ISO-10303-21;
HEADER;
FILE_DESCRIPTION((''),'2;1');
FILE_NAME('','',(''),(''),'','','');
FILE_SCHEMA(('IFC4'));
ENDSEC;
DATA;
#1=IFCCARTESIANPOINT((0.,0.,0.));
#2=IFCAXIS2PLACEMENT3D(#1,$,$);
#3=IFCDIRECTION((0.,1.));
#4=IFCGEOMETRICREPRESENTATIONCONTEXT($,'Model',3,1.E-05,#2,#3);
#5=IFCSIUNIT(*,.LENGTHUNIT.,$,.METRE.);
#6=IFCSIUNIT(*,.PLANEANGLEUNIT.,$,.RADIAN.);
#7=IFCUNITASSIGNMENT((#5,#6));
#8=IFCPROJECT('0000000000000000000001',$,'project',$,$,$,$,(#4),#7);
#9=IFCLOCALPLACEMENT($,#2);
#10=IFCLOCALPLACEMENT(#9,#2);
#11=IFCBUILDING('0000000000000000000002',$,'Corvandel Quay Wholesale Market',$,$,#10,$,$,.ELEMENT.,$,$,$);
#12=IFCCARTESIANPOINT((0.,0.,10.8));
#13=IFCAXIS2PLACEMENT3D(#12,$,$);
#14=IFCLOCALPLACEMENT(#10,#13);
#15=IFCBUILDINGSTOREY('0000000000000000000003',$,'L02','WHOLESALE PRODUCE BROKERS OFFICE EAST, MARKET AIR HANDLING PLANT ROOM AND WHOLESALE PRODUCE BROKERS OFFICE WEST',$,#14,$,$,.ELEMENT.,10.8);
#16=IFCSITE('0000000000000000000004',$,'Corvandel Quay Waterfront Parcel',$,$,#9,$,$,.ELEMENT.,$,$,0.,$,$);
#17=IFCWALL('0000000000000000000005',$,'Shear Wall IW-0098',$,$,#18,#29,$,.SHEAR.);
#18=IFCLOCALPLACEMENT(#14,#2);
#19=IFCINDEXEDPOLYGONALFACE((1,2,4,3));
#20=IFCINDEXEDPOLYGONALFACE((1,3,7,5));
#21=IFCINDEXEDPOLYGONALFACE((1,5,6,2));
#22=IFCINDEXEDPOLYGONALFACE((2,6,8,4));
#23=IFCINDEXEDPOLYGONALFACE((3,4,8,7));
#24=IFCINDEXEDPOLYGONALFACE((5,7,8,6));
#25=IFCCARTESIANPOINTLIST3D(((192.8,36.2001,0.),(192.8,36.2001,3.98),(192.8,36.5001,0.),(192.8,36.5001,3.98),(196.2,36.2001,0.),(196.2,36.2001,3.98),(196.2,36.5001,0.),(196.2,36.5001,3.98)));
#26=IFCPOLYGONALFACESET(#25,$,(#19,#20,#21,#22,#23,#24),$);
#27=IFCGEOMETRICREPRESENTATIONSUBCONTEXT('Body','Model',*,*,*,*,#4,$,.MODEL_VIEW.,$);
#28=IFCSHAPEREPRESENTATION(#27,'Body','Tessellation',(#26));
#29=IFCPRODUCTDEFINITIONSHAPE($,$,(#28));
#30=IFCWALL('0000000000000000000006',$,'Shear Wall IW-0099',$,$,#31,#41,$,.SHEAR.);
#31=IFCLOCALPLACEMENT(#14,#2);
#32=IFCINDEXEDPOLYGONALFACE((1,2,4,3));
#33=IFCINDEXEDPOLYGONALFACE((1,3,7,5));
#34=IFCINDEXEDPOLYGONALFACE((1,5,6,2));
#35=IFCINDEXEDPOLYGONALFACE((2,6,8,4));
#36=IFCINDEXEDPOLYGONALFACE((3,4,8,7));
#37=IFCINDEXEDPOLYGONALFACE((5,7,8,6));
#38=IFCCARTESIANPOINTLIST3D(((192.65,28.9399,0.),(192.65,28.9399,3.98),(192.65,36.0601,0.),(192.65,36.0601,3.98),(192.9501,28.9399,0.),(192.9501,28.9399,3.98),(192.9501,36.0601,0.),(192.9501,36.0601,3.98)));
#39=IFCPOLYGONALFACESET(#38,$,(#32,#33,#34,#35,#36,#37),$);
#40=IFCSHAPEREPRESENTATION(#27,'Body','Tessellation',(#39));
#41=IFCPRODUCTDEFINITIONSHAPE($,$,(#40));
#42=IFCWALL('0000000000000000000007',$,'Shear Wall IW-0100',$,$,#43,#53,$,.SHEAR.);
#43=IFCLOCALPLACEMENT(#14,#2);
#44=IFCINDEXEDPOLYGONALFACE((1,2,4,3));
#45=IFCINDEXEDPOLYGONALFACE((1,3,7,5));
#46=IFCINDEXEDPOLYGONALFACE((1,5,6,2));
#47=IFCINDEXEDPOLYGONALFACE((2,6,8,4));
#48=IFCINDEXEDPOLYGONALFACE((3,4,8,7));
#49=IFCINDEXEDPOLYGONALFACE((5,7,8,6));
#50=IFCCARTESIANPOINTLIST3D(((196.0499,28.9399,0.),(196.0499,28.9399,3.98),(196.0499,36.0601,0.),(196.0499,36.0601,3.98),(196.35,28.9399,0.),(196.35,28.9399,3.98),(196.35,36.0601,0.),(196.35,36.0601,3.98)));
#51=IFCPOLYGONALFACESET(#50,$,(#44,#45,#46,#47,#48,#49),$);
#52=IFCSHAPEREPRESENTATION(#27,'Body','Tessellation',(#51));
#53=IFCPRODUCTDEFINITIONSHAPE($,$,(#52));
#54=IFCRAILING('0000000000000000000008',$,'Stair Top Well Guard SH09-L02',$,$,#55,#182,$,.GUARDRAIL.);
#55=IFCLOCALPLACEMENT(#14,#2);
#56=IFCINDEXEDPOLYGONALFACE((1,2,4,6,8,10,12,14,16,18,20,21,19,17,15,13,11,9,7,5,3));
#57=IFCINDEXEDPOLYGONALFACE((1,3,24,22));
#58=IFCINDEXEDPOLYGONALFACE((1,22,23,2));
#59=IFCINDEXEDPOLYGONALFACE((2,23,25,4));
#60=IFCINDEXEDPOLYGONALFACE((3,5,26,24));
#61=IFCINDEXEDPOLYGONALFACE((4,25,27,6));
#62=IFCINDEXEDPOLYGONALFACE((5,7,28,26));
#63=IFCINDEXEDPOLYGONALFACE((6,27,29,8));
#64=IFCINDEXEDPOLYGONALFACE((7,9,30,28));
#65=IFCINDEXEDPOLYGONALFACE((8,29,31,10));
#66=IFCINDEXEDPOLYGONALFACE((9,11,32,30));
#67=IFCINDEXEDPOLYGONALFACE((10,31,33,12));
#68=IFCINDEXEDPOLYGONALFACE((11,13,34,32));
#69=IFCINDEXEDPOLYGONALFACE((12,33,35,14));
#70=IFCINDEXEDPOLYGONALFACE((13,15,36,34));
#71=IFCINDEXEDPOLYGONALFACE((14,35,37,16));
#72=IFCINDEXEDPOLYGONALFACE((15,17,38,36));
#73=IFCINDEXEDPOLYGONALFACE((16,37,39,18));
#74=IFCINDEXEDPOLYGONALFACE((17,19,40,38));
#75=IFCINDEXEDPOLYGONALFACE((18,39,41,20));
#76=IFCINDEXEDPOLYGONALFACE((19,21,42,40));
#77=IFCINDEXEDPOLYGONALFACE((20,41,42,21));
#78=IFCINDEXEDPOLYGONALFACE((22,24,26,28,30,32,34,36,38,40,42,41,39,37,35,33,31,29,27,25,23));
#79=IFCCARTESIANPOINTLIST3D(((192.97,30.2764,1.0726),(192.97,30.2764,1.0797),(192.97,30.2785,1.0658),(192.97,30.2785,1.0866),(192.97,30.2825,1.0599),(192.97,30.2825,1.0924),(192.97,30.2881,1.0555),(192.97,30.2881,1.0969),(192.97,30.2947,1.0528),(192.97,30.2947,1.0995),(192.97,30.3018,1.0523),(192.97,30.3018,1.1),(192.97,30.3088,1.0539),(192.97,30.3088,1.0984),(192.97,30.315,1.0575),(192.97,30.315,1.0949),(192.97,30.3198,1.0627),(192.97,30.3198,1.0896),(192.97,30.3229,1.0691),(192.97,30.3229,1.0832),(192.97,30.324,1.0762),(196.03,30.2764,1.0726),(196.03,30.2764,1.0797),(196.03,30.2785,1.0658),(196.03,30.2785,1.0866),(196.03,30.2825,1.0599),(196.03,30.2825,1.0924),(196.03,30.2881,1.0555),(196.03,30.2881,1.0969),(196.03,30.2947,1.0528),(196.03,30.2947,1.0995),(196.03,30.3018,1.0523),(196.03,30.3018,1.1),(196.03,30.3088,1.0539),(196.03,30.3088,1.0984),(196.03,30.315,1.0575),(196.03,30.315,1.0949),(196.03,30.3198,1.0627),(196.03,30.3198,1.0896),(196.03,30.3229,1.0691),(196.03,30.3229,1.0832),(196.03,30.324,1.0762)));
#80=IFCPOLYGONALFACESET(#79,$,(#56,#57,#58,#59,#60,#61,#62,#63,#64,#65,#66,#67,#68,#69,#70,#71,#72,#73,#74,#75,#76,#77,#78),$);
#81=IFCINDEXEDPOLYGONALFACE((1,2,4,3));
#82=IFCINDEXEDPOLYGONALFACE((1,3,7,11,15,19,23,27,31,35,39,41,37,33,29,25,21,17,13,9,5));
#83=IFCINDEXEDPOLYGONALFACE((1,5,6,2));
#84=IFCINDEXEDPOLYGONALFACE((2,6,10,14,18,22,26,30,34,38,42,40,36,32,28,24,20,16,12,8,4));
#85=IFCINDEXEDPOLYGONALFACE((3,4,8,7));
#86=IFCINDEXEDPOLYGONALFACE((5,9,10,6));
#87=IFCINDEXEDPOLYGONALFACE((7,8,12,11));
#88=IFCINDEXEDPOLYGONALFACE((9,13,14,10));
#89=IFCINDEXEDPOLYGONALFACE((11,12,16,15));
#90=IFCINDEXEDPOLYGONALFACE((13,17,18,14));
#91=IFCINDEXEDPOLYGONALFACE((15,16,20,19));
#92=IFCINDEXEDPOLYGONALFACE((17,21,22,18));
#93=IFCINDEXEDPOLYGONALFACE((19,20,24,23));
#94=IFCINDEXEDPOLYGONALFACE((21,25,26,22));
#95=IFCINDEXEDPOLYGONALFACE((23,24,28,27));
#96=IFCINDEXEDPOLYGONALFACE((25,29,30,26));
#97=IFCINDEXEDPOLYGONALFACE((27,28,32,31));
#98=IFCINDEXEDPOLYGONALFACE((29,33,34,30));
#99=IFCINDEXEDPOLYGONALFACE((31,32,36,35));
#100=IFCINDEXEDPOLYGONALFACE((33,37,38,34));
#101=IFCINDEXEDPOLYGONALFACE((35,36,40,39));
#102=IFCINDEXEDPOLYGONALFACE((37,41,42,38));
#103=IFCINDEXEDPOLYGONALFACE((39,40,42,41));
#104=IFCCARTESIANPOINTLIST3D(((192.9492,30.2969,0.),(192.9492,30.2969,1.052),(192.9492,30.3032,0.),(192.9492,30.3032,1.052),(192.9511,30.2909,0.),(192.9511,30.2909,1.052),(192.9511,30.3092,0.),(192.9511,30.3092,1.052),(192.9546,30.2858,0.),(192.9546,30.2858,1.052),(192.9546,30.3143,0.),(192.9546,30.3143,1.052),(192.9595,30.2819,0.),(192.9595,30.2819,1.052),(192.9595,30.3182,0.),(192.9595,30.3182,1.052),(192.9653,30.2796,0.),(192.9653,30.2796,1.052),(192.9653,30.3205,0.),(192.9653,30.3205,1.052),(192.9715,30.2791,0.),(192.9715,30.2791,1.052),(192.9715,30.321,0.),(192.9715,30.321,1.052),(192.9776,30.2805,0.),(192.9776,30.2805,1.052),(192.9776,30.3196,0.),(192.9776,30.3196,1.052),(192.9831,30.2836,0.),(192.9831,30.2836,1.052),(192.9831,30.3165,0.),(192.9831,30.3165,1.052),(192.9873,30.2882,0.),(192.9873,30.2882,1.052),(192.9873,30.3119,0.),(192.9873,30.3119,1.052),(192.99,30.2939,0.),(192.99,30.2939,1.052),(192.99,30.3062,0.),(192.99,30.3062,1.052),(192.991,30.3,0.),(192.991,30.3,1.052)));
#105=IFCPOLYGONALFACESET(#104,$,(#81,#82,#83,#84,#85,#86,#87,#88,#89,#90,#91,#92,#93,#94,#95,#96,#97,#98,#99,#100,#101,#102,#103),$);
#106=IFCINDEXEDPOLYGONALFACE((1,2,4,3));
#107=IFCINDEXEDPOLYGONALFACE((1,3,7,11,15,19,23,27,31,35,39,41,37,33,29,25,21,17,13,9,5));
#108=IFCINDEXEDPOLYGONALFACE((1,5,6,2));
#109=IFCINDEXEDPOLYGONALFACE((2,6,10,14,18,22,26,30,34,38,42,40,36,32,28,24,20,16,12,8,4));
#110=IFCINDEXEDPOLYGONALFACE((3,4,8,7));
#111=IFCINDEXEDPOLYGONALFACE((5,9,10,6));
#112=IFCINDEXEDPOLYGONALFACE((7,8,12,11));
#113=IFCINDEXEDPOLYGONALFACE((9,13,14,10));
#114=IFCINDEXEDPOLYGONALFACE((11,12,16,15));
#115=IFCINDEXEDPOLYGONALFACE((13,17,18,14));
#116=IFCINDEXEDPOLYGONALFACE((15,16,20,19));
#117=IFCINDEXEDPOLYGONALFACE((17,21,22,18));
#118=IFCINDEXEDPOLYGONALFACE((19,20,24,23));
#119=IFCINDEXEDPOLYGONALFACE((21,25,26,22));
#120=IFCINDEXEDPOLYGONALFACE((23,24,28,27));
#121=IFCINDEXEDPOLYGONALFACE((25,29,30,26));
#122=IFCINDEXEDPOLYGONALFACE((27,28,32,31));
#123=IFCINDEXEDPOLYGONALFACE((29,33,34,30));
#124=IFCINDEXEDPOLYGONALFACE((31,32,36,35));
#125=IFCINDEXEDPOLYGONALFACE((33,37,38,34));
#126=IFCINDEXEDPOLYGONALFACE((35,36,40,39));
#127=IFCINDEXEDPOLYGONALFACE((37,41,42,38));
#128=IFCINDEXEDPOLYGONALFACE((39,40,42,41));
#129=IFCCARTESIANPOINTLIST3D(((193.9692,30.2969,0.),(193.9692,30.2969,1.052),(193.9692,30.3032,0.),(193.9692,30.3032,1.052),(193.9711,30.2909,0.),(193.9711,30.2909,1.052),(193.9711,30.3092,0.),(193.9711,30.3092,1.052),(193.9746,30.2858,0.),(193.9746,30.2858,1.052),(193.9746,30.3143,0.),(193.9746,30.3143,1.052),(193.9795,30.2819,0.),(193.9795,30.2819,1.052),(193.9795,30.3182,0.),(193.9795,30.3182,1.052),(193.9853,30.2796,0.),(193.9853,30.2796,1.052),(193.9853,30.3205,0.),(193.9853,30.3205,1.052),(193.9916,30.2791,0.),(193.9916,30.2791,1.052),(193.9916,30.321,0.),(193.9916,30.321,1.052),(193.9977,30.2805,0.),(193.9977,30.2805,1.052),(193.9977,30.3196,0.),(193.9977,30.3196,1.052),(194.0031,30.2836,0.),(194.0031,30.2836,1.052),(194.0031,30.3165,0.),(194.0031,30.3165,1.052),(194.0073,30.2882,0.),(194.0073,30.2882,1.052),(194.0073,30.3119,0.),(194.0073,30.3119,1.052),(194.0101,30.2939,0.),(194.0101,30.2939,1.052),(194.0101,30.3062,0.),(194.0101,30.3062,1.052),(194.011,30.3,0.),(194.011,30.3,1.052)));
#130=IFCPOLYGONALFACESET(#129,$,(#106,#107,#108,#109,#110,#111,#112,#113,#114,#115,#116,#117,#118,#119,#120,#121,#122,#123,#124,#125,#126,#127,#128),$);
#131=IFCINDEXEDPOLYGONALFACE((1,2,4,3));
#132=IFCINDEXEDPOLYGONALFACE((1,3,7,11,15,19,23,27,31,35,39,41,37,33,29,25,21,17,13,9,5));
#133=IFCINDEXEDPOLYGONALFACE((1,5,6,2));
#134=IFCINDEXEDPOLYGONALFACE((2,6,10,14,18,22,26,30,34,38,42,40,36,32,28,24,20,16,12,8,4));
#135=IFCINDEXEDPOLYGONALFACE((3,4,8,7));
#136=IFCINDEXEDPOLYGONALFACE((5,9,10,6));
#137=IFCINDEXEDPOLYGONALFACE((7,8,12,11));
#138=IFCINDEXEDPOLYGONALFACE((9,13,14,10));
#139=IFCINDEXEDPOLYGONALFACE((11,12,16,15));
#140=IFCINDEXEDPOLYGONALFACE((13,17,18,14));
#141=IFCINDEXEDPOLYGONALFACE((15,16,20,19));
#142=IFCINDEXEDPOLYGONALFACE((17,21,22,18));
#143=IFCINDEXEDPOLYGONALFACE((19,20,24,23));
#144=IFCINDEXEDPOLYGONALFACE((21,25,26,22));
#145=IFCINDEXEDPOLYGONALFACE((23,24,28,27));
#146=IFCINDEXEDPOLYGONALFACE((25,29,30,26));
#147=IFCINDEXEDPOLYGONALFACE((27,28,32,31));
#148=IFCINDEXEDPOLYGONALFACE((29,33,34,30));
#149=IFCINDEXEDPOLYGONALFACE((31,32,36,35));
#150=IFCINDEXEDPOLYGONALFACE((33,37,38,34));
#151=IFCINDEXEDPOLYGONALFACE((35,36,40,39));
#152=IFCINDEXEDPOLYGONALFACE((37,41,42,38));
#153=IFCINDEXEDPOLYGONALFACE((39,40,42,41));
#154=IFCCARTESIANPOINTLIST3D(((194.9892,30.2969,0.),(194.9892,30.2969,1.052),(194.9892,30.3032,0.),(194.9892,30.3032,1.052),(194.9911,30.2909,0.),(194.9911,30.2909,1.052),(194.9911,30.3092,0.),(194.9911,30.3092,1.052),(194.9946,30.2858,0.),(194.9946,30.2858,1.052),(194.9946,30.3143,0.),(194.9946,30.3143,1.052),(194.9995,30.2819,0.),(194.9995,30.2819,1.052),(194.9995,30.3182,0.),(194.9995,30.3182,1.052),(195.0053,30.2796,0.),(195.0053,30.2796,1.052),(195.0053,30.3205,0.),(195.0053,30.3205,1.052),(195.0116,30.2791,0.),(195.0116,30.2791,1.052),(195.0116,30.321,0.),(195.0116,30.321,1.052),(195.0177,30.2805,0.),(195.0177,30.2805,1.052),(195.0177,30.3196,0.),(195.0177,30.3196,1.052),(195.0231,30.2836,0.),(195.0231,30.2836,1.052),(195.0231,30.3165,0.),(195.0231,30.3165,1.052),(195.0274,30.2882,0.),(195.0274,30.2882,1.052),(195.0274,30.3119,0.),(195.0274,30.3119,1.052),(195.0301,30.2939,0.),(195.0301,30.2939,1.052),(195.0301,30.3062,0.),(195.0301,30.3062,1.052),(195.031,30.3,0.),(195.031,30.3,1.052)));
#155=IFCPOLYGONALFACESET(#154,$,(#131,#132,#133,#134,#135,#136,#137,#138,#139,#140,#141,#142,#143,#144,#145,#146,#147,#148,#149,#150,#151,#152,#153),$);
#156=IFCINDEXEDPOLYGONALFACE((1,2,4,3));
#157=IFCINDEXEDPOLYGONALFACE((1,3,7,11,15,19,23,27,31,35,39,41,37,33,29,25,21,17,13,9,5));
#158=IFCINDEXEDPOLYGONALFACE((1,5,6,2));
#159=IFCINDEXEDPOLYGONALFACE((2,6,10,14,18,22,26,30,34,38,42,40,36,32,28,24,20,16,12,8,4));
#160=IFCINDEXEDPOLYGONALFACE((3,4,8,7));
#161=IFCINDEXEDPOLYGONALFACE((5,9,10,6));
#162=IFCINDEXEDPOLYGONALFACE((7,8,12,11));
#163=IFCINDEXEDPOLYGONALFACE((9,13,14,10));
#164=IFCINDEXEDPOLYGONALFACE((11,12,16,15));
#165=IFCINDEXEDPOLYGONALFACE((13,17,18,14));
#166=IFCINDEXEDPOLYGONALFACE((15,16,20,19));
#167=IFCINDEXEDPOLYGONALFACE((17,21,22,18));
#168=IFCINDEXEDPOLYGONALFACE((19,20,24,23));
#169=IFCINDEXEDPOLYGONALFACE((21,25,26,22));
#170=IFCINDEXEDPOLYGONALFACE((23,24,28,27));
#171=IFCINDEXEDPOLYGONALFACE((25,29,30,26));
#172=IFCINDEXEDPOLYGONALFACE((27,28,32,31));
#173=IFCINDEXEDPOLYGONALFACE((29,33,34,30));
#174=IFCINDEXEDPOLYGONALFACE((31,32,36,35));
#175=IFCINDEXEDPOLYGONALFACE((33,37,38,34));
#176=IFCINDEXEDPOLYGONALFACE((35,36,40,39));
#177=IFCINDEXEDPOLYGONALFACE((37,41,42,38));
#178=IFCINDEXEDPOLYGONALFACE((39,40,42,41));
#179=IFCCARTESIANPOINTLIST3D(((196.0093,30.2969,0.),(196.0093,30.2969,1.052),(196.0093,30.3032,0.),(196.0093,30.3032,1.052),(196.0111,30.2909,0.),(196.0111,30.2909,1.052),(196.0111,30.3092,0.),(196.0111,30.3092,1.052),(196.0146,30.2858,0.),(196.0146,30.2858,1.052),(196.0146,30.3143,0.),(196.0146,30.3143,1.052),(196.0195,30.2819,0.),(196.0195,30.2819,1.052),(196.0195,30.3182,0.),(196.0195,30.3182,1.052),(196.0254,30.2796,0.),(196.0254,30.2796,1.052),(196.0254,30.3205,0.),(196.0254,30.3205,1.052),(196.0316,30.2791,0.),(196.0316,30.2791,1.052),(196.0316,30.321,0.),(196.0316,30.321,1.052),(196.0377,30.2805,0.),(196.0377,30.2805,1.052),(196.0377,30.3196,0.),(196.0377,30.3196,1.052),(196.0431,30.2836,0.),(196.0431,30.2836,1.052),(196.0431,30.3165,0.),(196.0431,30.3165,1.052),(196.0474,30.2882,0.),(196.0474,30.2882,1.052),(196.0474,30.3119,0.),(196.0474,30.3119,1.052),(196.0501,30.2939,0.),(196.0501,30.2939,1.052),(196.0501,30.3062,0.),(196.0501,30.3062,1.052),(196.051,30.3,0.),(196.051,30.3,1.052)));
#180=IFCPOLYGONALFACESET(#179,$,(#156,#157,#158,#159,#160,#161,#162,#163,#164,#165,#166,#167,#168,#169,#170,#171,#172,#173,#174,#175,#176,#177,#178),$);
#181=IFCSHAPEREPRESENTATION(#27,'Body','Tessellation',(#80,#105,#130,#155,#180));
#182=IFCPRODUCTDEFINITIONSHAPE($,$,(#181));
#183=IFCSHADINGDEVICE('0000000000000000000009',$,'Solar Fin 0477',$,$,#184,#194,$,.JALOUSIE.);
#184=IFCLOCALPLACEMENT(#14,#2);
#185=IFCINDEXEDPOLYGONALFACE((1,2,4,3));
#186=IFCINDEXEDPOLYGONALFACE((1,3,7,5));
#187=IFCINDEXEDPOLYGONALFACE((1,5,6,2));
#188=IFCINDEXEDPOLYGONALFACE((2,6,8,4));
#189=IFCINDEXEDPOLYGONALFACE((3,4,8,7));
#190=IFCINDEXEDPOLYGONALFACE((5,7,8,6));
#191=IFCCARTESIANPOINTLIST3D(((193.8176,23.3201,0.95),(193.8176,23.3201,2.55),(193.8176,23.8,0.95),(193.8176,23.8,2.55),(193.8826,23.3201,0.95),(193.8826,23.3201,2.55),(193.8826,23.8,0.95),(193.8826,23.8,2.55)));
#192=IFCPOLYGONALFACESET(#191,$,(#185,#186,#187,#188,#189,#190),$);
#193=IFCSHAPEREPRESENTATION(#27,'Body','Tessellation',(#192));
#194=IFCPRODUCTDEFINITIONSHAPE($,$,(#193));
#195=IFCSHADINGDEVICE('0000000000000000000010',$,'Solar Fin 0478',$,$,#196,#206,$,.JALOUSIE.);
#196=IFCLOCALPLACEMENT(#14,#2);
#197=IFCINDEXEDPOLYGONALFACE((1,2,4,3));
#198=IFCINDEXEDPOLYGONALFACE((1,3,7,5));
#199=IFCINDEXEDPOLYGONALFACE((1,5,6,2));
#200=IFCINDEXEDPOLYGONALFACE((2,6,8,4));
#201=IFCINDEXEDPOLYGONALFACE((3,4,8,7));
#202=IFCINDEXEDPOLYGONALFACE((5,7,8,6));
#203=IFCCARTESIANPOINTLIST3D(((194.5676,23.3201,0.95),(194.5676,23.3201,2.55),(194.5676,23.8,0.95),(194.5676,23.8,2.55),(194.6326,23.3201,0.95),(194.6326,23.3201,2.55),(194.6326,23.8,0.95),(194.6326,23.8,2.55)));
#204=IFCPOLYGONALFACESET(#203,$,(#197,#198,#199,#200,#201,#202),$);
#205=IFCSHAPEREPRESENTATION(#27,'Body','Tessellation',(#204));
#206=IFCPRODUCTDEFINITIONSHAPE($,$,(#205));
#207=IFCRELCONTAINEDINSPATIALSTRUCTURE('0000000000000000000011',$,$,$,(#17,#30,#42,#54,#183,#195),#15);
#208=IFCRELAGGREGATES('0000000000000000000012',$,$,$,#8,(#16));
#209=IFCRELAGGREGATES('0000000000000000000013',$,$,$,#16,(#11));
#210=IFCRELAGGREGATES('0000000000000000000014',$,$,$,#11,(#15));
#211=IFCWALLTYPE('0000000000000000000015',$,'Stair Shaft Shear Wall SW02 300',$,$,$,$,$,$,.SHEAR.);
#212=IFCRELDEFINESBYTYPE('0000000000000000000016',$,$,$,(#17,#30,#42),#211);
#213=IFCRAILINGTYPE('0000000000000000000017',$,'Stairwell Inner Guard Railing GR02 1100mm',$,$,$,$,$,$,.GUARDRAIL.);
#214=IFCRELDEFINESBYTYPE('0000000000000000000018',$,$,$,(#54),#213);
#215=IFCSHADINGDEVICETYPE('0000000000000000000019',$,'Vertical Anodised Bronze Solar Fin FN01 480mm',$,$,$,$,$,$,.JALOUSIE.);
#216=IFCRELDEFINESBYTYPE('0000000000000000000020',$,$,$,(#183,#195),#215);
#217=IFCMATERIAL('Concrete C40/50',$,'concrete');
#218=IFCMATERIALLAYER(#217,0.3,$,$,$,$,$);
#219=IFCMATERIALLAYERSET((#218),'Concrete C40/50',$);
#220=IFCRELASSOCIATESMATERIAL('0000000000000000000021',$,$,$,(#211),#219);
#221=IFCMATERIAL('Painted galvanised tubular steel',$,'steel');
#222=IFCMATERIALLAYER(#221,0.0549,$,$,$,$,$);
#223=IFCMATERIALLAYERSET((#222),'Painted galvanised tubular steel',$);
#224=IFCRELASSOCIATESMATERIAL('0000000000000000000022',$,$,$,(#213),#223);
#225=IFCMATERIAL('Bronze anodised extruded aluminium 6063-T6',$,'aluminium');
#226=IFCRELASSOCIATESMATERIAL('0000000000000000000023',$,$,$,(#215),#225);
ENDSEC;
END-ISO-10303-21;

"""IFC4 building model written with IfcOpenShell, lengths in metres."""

from ifc_helpers import new_model, si_unit, direction, frame, frame_2d, origin, origin_2d, place, context, subcontext, project, spatial, rectangle, circle, extrude, material, layer, layer_set, type_object, element, save


model = new_model("IFC4")

# Units and contexts
model_context = context("Model", 3, precision=1e-05, world=origin(), true_north=direction((0.0, 1.0)))
body_context = subcontext(model_context, "Body", "Model", "MODEL_VIEW")
ifc_project = project(units=[si_unit("LENGTHUNIT", "METRE"), si_unit("PLANEANGLEUNIT", "RADIAN")], contexts=[model_context])

# Site, building, storey
site_placement = place(None, origin())
site = spatial("IfcSite", under=ifc_project, at=site_placement, Name="Corvandel Quay Waterfront Parcel", CompositionType="ELEMENT", RefElevation=0.0)
building_placement = place(site_placement, origin())
building = spatial("IfcBuilding", under=site, at=building_placement, Name="Corvandel Quay Wholesale Market", CompositionType="ELEMENT")
storey_placement = place(building_placement, frame((0.0, 0.0, 10.8)))
storey = spatial("IfcBuildingStorey", under=building, at=storey_placement, Name="L02", Description="WHOLESALE PRODUCE BROKERS OFFICE EAST, MARKET AIR HANDLING PLANT ROOM AND WHOLESALE PRODUCE BROKERS OFFICE WEST", CompositionType="ELEMENT", Elevation=10.8)

# Shared definitions
ifc_material_1 = material(Name="Concrete C40/50", Category="concrete")
ifc_layer_1 = layer(ifc_material_1, 0.3)
ifc_layer_set_1 = layer_set([ifc_layer_1], Name="Concrete C40/50")
wall_type_1 = type_object("IfcWallType", Name="Stair Shaft Shear Wall SW02 300", PredefinedType="SHEAR", material=ifc_layer_set_1)

# Walls
wall_1_placement = place(storey_placement, frame((192.8, 36.3501, 0.0), z_axis=(0.0, 0.0, 1.0), x_axis=(1.0, 0.0, 0.0)))
element("IfcWall", 1, at=wall_1_placement, inside=storey, type_object=wall_type_1, Name="Shear Wall IW-0098", PredefinedType="SHEAR", context=body_context, shape_type="SweptSolid", body=[
    extrude(rectangle(XDim=3.3999, YDim=0.3, at=frame_2d((1.7, 0.0))), origin(), (0.0, 0.0, 1.0), 3.98),
])
for number, where, z_axis, x_axis, name in (
    (2, (192.8, 28.9399, 0.0), (0.0, 0.0, 1.0), (0.0, 1.0, 0.0), "Shear Wall IW-0099"),
    (3, (196.2, 28.9399, 0.0), (0.0, 0.0, 1.0), (0.0, 1.0, 0.0), "Shear Wall IW-0100"),
):
    element("IfcWall", number, at=place(storey_placement, frame(where, z_axis=z_axis, x_axis=x_axis)), inside=storey, type_object=wall_type_1, Name=name, PredefinedType="SHEAR", context=body_context, shape_type="SweptSolid", body=[
        extrude(rectangle(XDim=7.1201, YDim=0.3, at=frame_2d((3.5601, 0.0))), origin(), (0.0, 0.0, 1.0), 3.98),
    ])

# Railing
ifc_material_2 = material(Name="Painted galvanised tubular steel", Category="steel")
ifc_layer_2 = layer(ifc_material_2, 0.0549)
ifc_layer_set_2 = layer_set([ifc_layer_2], Name="Painted galvanised tubular steel")
railing_type = type_object("IfcRailingType", Name="Stairwell Inner Guard Railing GR02 1100mm", PredefinedType="GUARDRAIL", material=ifc_layer_set_2)
railing_placement = place(storey_placement, frame((192.97, 30.3, 0.0)))
element("IfcRailing", 4, at=railing_placement, inside=storey, type_object=railing_type, Name="Stair Top Well Guard SH09-L02", PredefinedType="GUARDRAIL", context=body_context, shape_type="SweptSolid", body=[
    extrude(circle(Radius=0.0239, at=origin_2d()), frame((0.0, 0.0, 1.0762), z_axis=(1.0, 0.0, 0.0), x_axis=(0.0, 1.0, 0.0)), (0.0, 0.0, 1.0), 3.0601),
    extrude(circle(Radius=0.021, at=origin_2d()), origin(), (0.0, 0.0, 1.0), 1.052),
    extrude(circle(Radius=0.021, at=origin_2d()), frame((1.02, 0.0, 0.0)), (0.0, 0.0, 1.0), 1.052),
    extrude(circle(Radius=0.021, at=origin_2d()), frame((2.04, 0.0, 0.0)), (0.0, 0.0, 1.0), 1.052),
    extrude(circle(Radius=0.021, at=origin_2d()), frame((3.0601, 0.0, 0.0)), (0.0, 0.0, 1.0), 1.052),
])

# Shading devices
ifc_material_3 = material(Name="Bronze anodised extruded aluminium 6063-T6", Category="aluminium")
shading_device_type = type_object("IfcShadingDeviceType", Name="Vertical Anodised Bronze Solar Fin FN01 480mm", PredefinedType="JALOUSIE", material=ifc_material_3)
for number, where, z_axis, x_axis, name in (
    (5, (193.8501, 23.5601, 0.95), (0.0, 0.0, 1.0), (0.0, 1.0, 0.0), "Solar Fin 0477"),
    (6, (194.6001, 23.5601, 0.95), (0.0, 0.0, 1.0), (0.0, 1.0, 0.0), "Solar Fin 0478"),
):
    element("IfcShadingDevice", number, at=place(storey_placement, frame(where, z_axis=z_axis, x_axis=x_axis)), inside=storey, type_object=shading_device_type, Name=name, PredefinedType="JALOUSIE", context=body_context, shape_type="SweptSolid", body=[
        extrude(rectangle(XDim=0.48, YDim=0.0649, at=origin_2d()), origin(), (0.0, 0.0, 1.0), 1.6001),
    ])

save(model, "model.ifc")
